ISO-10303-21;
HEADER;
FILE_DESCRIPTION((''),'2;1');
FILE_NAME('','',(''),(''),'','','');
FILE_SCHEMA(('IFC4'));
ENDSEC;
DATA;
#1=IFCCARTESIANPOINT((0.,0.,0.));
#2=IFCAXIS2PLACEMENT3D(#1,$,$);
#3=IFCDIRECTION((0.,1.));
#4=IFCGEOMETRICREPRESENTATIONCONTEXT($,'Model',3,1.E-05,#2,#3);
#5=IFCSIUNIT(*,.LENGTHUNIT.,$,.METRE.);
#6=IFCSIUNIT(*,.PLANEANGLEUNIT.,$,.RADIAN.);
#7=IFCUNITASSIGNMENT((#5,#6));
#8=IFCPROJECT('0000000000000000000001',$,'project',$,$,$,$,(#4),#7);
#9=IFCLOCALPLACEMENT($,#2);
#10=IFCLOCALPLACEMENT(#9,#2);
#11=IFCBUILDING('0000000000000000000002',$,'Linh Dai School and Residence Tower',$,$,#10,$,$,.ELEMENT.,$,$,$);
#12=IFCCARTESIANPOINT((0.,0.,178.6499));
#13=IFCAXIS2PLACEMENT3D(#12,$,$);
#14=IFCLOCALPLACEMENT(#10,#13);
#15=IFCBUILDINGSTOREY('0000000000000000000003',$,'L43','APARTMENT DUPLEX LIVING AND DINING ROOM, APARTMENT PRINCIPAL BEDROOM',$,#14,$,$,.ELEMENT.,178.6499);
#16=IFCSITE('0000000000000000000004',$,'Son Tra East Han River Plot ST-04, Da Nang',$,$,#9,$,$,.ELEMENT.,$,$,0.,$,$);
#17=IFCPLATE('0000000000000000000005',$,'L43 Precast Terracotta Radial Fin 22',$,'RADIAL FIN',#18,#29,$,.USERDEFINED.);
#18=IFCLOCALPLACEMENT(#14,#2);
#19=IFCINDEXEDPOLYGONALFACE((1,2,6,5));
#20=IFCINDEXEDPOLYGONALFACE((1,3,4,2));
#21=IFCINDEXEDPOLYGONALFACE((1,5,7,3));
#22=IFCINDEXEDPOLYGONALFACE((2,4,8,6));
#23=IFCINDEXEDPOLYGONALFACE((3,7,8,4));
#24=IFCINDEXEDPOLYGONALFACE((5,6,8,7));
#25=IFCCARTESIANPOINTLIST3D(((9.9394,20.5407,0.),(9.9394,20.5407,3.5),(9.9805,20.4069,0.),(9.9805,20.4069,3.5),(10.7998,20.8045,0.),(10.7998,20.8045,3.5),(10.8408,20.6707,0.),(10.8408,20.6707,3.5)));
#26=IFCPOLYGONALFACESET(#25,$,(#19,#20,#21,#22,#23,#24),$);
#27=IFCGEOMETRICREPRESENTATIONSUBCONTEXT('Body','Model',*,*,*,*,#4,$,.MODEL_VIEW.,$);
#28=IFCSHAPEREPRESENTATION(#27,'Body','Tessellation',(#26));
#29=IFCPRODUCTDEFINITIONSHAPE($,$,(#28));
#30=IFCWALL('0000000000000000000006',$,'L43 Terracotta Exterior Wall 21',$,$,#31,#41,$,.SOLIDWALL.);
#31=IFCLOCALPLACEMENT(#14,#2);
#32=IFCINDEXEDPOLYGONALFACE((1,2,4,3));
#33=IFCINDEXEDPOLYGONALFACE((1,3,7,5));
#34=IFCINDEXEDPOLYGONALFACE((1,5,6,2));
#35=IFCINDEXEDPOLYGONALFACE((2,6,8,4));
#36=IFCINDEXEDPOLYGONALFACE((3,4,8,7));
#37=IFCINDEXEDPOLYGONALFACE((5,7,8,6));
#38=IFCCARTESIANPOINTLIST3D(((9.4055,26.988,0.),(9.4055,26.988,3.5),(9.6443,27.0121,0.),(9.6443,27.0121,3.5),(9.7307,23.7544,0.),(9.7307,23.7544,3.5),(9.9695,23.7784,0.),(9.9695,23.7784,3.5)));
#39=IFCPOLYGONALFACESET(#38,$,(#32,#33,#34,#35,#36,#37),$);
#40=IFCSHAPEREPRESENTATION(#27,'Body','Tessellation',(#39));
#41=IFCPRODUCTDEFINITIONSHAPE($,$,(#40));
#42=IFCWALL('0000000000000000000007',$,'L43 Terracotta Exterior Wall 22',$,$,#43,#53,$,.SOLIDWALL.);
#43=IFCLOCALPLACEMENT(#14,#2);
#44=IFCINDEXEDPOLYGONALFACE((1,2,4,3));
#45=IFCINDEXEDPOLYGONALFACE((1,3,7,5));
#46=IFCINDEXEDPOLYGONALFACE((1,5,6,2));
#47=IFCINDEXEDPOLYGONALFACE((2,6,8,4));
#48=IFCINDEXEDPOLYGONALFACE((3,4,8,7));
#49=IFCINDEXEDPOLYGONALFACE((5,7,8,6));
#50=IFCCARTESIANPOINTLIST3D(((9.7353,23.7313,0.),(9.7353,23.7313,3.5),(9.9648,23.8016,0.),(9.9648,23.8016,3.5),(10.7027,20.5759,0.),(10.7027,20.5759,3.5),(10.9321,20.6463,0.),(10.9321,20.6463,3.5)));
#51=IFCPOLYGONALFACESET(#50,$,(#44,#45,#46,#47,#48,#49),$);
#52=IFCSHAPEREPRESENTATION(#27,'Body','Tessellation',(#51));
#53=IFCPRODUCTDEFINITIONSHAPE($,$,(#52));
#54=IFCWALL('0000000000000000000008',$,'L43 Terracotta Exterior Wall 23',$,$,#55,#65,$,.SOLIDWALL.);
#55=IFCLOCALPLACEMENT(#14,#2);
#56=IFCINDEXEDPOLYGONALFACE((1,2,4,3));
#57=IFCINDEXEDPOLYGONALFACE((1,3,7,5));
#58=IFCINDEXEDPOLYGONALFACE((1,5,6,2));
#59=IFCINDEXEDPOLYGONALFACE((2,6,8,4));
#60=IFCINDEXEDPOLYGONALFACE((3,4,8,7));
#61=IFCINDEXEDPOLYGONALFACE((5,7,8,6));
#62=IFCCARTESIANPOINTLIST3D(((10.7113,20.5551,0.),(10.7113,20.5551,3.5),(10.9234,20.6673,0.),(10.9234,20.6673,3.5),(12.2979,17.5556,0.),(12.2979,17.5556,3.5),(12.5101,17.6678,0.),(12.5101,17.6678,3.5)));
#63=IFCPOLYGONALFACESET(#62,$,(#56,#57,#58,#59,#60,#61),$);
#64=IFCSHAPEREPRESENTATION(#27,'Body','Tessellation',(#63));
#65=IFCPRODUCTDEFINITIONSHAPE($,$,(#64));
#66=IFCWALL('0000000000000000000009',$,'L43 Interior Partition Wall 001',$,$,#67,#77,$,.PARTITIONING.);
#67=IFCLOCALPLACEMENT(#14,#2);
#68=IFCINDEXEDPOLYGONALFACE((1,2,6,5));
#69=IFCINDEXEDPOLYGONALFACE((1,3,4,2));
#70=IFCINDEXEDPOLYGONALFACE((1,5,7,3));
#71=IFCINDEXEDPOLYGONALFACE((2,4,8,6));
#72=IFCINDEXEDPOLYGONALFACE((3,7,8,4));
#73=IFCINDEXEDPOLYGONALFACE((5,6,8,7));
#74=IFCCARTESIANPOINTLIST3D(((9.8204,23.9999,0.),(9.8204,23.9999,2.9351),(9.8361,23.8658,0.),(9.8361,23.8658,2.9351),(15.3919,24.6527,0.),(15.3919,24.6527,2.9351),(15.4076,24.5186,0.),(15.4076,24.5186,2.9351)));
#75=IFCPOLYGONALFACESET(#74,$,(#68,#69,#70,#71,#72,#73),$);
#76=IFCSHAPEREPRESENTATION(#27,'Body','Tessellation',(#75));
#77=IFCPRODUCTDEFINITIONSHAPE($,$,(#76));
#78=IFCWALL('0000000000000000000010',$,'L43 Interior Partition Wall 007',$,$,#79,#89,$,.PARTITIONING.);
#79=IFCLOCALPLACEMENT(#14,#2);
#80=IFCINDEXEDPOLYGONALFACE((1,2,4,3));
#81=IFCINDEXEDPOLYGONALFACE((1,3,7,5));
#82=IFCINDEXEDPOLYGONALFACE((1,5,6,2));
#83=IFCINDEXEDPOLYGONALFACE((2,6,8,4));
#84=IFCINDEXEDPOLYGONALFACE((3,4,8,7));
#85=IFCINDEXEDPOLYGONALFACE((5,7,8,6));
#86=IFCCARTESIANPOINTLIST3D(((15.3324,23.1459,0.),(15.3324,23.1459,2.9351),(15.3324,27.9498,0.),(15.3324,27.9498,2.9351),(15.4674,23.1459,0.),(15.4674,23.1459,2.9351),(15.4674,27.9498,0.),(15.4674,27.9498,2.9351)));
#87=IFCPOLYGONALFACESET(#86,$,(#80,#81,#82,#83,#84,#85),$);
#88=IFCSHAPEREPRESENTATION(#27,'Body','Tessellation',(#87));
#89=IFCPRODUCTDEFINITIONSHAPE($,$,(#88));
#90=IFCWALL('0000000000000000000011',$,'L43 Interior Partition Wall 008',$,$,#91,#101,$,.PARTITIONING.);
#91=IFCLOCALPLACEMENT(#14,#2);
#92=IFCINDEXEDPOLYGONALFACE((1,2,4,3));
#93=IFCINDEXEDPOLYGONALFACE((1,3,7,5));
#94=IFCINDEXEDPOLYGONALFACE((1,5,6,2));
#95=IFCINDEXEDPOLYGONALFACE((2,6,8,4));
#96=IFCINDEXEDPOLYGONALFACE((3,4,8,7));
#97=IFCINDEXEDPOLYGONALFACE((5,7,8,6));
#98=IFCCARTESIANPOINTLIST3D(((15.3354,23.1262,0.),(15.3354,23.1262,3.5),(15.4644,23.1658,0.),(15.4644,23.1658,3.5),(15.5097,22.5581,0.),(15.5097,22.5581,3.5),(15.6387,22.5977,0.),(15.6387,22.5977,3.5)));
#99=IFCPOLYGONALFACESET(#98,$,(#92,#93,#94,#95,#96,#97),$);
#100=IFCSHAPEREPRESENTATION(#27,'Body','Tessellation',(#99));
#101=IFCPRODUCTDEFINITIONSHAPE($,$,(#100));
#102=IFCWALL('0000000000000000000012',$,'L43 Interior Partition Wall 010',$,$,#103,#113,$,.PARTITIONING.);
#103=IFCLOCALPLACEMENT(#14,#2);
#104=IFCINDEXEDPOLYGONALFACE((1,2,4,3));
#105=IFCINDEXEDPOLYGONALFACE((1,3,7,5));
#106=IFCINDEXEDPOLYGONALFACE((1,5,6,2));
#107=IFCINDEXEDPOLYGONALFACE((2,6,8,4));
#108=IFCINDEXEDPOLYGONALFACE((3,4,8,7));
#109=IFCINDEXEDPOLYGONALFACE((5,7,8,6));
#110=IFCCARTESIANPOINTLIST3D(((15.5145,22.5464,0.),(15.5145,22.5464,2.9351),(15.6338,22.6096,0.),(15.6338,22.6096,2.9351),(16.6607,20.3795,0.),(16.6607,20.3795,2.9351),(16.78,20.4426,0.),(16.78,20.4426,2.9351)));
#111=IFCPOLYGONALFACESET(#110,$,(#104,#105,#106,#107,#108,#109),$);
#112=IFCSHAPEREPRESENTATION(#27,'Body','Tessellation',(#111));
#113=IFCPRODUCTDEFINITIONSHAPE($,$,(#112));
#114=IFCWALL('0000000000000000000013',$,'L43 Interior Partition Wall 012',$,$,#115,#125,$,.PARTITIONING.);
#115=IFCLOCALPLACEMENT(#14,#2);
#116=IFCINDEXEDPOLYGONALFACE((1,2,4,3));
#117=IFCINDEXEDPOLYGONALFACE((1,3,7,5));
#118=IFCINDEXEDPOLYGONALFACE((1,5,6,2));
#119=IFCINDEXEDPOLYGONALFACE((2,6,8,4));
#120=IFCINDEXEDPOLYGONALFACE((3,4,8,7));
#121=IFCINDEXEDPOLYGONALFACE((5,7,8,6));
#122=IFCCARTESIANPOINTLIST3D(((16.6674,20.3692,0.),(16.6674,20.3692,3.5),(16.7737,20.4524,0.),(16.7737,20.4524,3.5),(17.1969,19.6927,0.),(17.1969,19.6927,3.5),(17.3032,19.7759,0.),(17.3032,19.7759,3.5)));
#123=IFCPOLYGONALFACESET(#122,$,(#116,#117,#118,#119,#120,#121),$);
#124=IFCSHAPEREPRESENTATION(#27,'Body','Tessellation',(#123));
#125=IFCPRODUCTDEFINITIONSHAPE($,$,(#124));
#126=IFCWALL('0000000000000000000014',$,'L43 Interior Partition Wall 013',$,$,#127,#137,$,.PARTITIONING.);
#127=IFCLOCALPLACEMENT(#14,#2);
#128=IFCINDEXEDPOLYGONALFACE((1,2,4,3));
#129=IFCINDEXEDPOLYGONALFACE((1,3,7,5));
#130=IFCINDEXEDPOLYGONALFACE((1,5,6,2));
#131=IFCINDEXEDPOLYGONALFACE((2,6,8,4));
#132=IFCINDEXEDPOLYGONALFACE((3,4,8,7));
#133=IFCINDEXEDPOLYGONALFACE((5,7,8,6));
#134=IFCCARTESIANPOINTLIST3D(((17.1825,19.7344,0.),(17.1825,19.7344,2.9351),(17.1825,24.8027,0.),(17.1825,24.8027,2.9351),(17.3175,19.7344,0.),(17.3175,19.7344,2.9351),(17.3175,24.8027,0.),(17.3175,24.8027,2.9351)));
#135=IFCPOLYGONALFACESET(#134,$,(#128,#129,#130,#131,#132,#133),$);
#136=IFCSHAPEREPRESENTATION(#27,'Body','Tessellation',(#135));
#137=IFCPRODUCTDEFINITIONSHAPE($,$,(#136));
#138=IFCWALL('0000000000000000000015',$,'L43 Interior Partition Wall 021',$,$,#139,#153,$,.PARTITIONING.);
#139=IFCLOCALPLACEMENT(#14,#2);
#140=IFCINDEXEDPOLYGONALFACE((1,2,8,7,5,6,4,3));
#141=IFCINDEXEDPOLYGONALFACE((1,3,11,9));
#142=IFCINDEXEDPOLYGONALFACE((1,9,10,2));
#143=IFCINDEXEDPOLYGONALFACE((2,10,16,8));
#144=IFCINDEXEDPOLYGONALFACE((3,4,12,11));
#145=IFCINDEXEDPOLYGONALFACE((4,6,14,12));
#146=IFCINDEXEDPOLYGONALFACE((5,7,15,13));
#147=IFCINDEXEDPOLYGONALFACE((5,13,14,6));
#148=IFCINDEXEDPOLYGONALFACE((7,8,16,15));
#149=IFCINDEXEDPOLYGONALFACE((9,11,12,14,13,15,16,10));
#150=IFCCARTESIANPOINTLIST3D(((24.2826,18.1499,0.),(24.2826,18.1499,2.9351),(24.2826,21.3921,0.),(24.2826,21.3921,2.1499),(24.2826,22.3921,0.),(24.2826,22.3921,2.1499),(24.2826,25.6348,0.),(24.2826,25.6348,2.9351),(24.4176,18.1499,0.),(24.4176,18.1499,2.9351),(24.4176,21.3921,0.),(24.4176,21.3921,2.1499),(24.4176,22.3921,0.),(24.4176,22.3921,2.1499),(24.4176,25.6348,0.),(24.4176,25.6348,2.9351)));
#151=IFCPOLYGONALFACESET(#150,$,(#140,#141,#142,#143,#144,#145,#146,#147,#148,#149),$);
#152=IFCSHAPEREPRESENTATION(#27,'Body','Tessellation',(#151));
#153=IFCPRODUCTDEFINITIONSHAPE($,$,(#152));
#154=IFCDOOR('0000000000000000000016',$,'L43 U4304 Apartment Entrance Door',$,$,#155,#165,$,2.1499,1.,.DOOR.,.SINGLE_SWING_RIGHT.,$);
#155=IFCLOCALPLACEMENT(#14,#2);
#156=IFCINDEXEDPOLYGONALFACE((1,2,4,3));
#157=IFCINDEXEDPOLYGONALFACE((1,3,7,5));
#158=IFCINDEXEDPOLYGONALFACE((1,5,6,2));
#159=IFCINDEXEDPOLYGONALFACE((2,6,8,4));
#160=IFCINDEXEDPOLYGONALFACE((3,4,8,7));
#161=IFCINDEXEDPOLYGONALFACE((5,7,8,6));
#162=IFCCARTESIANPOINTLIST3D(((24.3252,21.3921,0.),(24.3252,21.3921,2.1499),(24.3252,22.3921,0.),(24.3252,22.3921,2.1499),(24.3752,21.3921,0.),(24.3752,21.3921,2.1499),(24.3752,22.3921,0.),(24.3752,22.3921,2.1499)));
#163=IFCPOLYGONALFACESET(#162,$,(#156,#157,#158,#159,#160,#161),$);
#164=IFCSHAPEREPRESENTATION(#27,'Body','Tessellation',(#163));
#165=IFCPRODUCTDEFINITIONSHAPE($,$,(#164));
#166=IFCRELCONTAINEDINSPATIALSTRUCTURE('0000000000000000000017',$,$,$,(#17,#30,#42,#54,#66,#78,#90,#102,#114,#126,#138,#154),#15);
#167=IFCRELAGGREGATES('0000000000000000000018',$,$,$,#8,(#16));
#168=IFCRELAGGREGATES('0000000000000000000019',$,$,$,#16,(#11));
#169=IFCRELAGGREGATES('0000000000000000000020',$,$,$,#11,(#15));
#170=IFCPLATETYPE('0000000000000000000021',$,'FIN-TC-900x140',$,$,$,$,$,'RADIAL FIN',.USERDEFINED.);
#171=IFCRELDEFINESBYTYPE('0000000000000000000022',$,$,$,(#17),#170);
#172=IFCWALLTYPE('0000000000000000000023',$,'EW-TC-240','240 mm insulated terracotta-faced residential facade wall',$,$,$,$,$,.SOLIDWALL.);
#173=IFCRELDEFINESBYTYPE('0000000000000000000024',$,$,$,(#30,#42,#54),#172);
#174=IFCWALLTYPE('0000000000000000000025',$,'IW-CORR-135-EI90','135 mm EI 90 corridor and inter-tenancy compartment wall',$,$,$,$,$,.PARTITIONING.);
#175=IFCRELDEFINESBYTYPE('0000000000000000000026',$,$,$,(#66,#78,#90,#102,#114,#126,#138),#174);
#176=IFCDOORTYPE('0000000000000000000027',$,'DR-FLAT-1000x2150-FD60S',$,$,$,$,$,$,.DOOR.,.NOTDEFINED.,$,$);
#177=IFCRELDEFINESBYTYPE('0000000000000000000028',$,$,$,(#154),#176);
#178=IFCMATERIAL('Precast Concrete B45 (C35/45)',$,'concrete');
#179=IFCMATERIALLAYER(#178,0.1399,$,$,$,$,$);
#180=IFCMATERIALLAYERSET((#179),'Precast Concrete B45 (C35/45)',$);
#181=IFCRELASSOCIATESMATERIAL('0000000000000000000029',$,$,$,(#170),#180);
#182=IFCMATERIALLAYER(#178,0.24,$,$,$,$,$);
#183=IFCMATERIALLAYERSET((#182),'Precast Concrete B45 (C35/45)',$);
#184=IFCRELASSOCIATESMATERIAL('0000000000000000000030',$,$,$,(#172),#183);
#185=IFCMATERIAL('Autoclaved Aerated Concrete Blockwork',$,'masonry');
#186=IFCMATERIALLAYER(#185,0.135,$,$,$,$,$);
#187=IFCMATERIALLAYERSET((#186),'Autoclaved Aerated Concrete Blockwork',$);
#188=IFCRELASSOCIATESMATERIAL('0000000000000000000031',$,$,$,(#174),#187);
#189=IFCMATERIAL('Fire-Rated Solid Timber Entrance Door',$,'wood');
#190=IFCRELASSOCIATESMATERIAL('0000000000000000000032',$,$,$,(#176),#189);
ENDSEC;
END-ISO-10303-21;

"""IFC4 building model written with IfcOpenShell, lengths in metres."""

from ifc_helpers import new_model, si_unit, direction, frame, frame_2d, origin, origin_2d, place, context, subcontext, project, spatial, rectangle, extrude, source, transform, mapped, material, layer, layer_set, type_object, element, fill, save


model = new_model("IFC4")

# Units and contexts
model_context = context("Model", 3, precision=1e-05, world=origin(), true_north=direction((0.0, 1.0)))
body_context = subcontext(model_context, "Body", "Model", "MODEL_VIEW")
ifc_project = project(units=[si_unit("LENGTHUNIT", "METRE"), si_unit("PLANEANGLEUNIT", "RADIAN")], contexts=[model_context])

# Site, building, storey
site_placement = place(None, origin())
site = spatial("IfcSite", under=ifc_project, at=site_placement, Name="Son Tra East Han River Plot ST-04, Da Nang", CompositionType="ELEMENT", RefElevation=0.0)
building_placement = place(site_placement, origin())
building = spatial("IfcBuilding", under=site, at=building_placement, Name="Linh Dai School and Residence Tower", CompositionType="ELEMENT")
storey_placement = place(building_placement, frame((0.0, 0.0, 178.6499)))
storey = spatial("IfcBuildingStorey", under=building, at=storey_placement, Name="L43", Description="APARTMENT DUPLEX LIVING AND DINING ROOM, APARTMENT PRINCIPAL BEDROOM", CompositionType="ELEMENT", Elevation=178.6499)

# Plate
ifc_material_1 = material(Name="Precast Concrete B45 (C35/45)", Category="concrete")
ifc_layer_1 = layer(ifc_material_1, 0.1399)
ifc_layer_set_1 = layer_set([ifc_layer_1], Name="Precast Concrete B45 (C35/45)")
plate_type = type_object("IfcPlateType", Name="FIN-TC-900x140", ElementType="RADIAL FIN", PredefinedType="USERDEFINED", material=ifc_layer_set_1)
shared_shape_1 = source(origin(), body_context, "Body", "SweptSolid", [
    extrude(rectangle(XDim=0.8999, YDim=0.1399, at=origin_2d()), origin(), (0.0, 0.0, 1.0), 3.5),
])
plate_placement = place(storey_placement, frame((10.3901, 20.6057, 0.0), z_axis=(0.0, 0.0, 1.0), x_axis=(-0.956075, -0.293122, 0.0)))
element("IfcPlate", 1, at=plate_placement, inside=storey, type_object=plate_type, Name="L43 Precast Terracotta Radial Fin 22", ObjectType="RADIAL FIN", PredefinedType="USERDEFINED", context=body_context, shape_type="MappedRepresentation", body=[
    mapped(shared_shape_1, transform((0.0, 0.0, 0.0), x_axis=(1.0, 0.0, 0.0), y_axis=(0.0, 1.0, 0.0), z_axis=(0.0, 0.0, 1.0), scale=1.0)),
])

# Walls
ifc_layer_2 = layer(ifc_material_1, 0.24)
ifc_layer_set_2 = layer_set([ifc_layer_2], Name="Precast Concrete B45 (C35/45)")
wall_type_1 = type_object("IfcWallType", Name="EW-TC-240", Description="240 mm insulated terracotta-faced residential facade wall", PredefinedType="SOLIDWALL", material=ifc_layer_set_2)
wall_1_placement = place(storey_placement, frame((9.8501, 23.7664, 0.0), z_axis=(0.0, 0.0, 1.0), x_axis=(-0.100062, 0.994981, 0.0)))
element("IfcWall", 2, at=wall_1_placement, inside=storey, type_object=wall_type_1, Name="L43 Terracotta Exterior Wall 21", PredefinedType="SOLIDWALL", context=body_context, shape_type="SweptSolid", body=[
    extrude(rectangle(XDim=3.25, YDim=0.24, at=frame_2d((1.625, 0.0))), origin(), (0.0, 0.0, 1.0), 3.5),
])
wall_2_placement = place(storey_placement, frame((10.8174, 20.6111, 0.0), z_axis=(0.0, 0.0, 1.0), x_axis=(-0.293098, 0.956082, 0.0)))
element("IfcWall", 3, at=wall_2_placement, inside=storey, type_object=wall_type_1, Name="L43 Terracotta Exterior Wall 22", PredefinedType="SOLIDWALL", context=body_context, shape_type="SweptSolid", body=[
    extrude(rectangle(XDim=3.3003, YDim=0.24, at=frame_2d((1.6501, 0.0))), origin(), (0.0, 0.0, 1.0), 3.5),
])
wall_3_placement = place(storey_placement, frame((12.4041, 17.6116, 0.0), z_axis=(0.0, 0.0, 1.0), x_axis=(-0.467587, 0.883947, 0.0)))
element("IfcWall", 4, at=wall_3_placement, inside=storey, type_object=wall_type_1, Name="L43 Terracotta Exterior Wall 23", PredefinedType="SOLIDWALL", context=body_context, shape_type="SweptSolid", body=[
    extrude(rectangle(XDim=3.3933, YDim=0.24, at=frame_2d((1.6968, 0.0))), origin(), (0.0, 0.0, 1.0), 3.5),
])
ifc_material_2 = material(Name="Autoclaved Aerated Concrete Blockwork", Category="masonry")
ifc_layer_3 = layer(ifc_material_2, 0.135)
ifc_layer_set_3 = layer_set([ifc_layer_3], Name="Autoclaved Aerated Concrete Blockwork")
wall_type_2 = type_object("IfcWallType", Name="IW-CORR-135-EI90", Description="135 mm EI 90 corridor and inter-tenancy compartment wall", PredefinedType="PARTITIONING", material=ifc_layer_set_3)
wall_4_placement = place(storey_placement, frame((9.8284, 23.9329, 0.0), z_axis=(0.0, 0.0, 1.0), x_axis=(0.993205, 0.116377, 0.0)))
element("IfcWall", 5, at=wall_4_placement, inside=storey, type_object=wall_type_2, Name="L43 Interior Partition Wall 001", PredefinedType="PARTITIONING", context=body_context, shape_type="SweptSolid", body=[
    extrude(rectangle(XDim=5.6096, YDim=0.135, at=frame_2d((2.8047, 0.0))), origin(), (0.0, 0.0, 1.0), 2.9351),
])
wall_5_placement = place(storey_placement, frame((15.3999, 23.146, 0.0), z_axis=(0.0, 0.0, 1.0), x_axis=(0.0, 1.0, 0.0)))
element("IfcWall", 6, at=wall_5_placement, inside=storey, type_object=wall_type_2, Name="L43 Interior Partition Wall 007", PredefinedType="PARTITIONING", context=body_context, shape_type="SweptSolid", body=[
    extrude(rectangle(XDim=4.804, YDim=0.135, at=frame_2d((2.4019, 0.0))), origin(), (0.0, 0.0, 1.0), 2.9351),
])
wall_6_placement = place(storey_placement, frame((15.3999, 23.146, 0.0), z_axis=(0.0, 0.0, 1.0), x_axis=(0.293335, -0.95601, 0.0)))
element("IfcWall", 7, at=wall_6_placement, inside=storey, type_object=wall_type_2, Name="L43 Interior Partition Wall 008", PredefinedType="PARTITIONING", context=body_context, shape_type="SweptSolid", body=[
    extrude(rectangle(XDim=0.5942, YDim=0.135, at=frame_2d((0.2971, 0.0))), origin(), (0.0, 0.0, 1.0), 3.5),
])
wall_7_placement = place(storey_placement, frame((15.5742, 22.5779, 0.0), z_axis=(0.0, 0.0, 1.0), x_axis=(0.467572, -0.883955, 0.0)))
element("IfcWall", 8, at=wall_7_placement, inside=storey, type_object=wall_type_2, Name="L43 Interior Partition Wall 010", PredefinedType="PARTITIONING", context=body_context, shape_type="SweptSolid", body=[
    extrude(rectangle(XDim=2.4514, YDim=0.135, at=frame_2d((1.2256, 0.0))), origin(), (0.0, 0.0, 1.0), 2.9351),
])
wall_8_placement = place(storey_placement, frame((16.7205, 20.4109, 0.0), z_axis=(0.0, 0.0, 1.0), x_axis=(0.616377, -0.787451, 0.0)))
element("IfcWall", 9, at=wall_8_placement, inside=storey, type_object=wall_type_2, Name="L43 Interior Partition Wall 012", PredefinedType="PARTITIONING", context=body_context, shape_type="SweptSolid", body=[
    extrude(rectangle(XDim=0.8591, YDim=0.135, at=frame_2d((0.4297, 0.0))), origin(), (0.0, 0.0, 1.0), 3.5),
])
wall_9_placement = place(storey_placement, frame((17.25, 19.7344, 0.0), z_axis=(0.0, 0.0, 1.0), x_axis=(0.0, 1.0, 0.0)))
element("IfcWall", 10, at=wall_9_placement, inside=storey, type_object=wall_type_2, Name="L43 Interior Partition Wall 013", PredefinedType="PARTITIONING", context=body_context, shape_type="SweptSolid", body=[
    extrude(rectangle(XDim=5.0684, YDim=0.135, at=frame_2d((2.5342, 0.0))), origin(), (0.0, 0.0, 1.0), 2.9351),
])

# Wall, opening, door
wall_10_placement = place(storey_placement, frame((24.3501, 18.1499, 0.0), z_axis=(0.0, 0.0, 1.0), x_axis=(0.0, 1.0, 0.0)))
wall_10 = element("IfcWall", 11, at=wall_10_placement, inside=storey, type_object=wall_type_2, Name="L43 Interior Partition Wall 021", PredefinedType="PARTITIONING", context=body_context, shape_type="SweptSolid", body=[
    extrude(rectangle(XDim=7.4849, YDim=0.135, at=frame_2d((3.7424, 0.0))), origin(), (0.0, 0.0, 1.0), 2.9351),
])
opening_1_placement = place(wall_10_placement, frame((3.2422, 0.0, 0.0)))
opening_1 = element("IfcOpeningElement", 12, at=opening_1_placement, cuts=wall_10, PredefinedType="OPENING", context=body_context, shape_type="SweptSolid", body=[
    extrude(rectangle(XDim=1.0, YDim=2.1499, at=origin_2d()), frame((0.5, 0.0776, 1.075), z_axis=(0.0, -1.0, 0.0), x_axis=(1.0, 0.0, 0.0)), (0.0, 0.0, 1.0), 0.155),
])
ifc_material_3 = material(Name="Fire-Rated Solid Timber Entrance Door", Category="wood")
door_type = type_object("IfcDoorType", Name="DR-FLAT-1000x2150-FD60S", OperationType="NOTDEFINED", PredefinedType="DOOR", material=ifc_material_3)
shared_shape_2 = source(origin(), body_context, "Body", "SweptSolid", [
    extrude(rectangle(XDim=1.0, YDim=2.1499, at=origin_2d()), frame((0.5, 0.0249, 1.075), z_axis=(0.0, -1.0, 0.0), x_axis=(1.0, 0.0, 0.0)), (0.0, 0.0, 1.0), 0.05),
])
door_1_placement = place(opening_1_placement, origin())
door_1 = element("IfcDoor", 13, at=door_1_placement, inside=storey, type_object=door_type, Name="L43 U4304 Apartment Entrance Door", OperationType="SINGLE_SWING_RIGHT", OverallHeight=2.1499, OverallWidth=1.0, PredefinedType="DOOR", context=body_context, shape_type="MappedRepresentation", body=[
    mapped(shared_shape_2, transform((0.0, 0.0, 0.0), x_axis=(1.0, 0.0, 0.0), y_axis=(0.0, 1.0, 0.0), z_axis=(0.0, 0.0, 1.0), scale=1.0)),
])
fill(opening_1, door_1)

save(model, "model.ifc")
